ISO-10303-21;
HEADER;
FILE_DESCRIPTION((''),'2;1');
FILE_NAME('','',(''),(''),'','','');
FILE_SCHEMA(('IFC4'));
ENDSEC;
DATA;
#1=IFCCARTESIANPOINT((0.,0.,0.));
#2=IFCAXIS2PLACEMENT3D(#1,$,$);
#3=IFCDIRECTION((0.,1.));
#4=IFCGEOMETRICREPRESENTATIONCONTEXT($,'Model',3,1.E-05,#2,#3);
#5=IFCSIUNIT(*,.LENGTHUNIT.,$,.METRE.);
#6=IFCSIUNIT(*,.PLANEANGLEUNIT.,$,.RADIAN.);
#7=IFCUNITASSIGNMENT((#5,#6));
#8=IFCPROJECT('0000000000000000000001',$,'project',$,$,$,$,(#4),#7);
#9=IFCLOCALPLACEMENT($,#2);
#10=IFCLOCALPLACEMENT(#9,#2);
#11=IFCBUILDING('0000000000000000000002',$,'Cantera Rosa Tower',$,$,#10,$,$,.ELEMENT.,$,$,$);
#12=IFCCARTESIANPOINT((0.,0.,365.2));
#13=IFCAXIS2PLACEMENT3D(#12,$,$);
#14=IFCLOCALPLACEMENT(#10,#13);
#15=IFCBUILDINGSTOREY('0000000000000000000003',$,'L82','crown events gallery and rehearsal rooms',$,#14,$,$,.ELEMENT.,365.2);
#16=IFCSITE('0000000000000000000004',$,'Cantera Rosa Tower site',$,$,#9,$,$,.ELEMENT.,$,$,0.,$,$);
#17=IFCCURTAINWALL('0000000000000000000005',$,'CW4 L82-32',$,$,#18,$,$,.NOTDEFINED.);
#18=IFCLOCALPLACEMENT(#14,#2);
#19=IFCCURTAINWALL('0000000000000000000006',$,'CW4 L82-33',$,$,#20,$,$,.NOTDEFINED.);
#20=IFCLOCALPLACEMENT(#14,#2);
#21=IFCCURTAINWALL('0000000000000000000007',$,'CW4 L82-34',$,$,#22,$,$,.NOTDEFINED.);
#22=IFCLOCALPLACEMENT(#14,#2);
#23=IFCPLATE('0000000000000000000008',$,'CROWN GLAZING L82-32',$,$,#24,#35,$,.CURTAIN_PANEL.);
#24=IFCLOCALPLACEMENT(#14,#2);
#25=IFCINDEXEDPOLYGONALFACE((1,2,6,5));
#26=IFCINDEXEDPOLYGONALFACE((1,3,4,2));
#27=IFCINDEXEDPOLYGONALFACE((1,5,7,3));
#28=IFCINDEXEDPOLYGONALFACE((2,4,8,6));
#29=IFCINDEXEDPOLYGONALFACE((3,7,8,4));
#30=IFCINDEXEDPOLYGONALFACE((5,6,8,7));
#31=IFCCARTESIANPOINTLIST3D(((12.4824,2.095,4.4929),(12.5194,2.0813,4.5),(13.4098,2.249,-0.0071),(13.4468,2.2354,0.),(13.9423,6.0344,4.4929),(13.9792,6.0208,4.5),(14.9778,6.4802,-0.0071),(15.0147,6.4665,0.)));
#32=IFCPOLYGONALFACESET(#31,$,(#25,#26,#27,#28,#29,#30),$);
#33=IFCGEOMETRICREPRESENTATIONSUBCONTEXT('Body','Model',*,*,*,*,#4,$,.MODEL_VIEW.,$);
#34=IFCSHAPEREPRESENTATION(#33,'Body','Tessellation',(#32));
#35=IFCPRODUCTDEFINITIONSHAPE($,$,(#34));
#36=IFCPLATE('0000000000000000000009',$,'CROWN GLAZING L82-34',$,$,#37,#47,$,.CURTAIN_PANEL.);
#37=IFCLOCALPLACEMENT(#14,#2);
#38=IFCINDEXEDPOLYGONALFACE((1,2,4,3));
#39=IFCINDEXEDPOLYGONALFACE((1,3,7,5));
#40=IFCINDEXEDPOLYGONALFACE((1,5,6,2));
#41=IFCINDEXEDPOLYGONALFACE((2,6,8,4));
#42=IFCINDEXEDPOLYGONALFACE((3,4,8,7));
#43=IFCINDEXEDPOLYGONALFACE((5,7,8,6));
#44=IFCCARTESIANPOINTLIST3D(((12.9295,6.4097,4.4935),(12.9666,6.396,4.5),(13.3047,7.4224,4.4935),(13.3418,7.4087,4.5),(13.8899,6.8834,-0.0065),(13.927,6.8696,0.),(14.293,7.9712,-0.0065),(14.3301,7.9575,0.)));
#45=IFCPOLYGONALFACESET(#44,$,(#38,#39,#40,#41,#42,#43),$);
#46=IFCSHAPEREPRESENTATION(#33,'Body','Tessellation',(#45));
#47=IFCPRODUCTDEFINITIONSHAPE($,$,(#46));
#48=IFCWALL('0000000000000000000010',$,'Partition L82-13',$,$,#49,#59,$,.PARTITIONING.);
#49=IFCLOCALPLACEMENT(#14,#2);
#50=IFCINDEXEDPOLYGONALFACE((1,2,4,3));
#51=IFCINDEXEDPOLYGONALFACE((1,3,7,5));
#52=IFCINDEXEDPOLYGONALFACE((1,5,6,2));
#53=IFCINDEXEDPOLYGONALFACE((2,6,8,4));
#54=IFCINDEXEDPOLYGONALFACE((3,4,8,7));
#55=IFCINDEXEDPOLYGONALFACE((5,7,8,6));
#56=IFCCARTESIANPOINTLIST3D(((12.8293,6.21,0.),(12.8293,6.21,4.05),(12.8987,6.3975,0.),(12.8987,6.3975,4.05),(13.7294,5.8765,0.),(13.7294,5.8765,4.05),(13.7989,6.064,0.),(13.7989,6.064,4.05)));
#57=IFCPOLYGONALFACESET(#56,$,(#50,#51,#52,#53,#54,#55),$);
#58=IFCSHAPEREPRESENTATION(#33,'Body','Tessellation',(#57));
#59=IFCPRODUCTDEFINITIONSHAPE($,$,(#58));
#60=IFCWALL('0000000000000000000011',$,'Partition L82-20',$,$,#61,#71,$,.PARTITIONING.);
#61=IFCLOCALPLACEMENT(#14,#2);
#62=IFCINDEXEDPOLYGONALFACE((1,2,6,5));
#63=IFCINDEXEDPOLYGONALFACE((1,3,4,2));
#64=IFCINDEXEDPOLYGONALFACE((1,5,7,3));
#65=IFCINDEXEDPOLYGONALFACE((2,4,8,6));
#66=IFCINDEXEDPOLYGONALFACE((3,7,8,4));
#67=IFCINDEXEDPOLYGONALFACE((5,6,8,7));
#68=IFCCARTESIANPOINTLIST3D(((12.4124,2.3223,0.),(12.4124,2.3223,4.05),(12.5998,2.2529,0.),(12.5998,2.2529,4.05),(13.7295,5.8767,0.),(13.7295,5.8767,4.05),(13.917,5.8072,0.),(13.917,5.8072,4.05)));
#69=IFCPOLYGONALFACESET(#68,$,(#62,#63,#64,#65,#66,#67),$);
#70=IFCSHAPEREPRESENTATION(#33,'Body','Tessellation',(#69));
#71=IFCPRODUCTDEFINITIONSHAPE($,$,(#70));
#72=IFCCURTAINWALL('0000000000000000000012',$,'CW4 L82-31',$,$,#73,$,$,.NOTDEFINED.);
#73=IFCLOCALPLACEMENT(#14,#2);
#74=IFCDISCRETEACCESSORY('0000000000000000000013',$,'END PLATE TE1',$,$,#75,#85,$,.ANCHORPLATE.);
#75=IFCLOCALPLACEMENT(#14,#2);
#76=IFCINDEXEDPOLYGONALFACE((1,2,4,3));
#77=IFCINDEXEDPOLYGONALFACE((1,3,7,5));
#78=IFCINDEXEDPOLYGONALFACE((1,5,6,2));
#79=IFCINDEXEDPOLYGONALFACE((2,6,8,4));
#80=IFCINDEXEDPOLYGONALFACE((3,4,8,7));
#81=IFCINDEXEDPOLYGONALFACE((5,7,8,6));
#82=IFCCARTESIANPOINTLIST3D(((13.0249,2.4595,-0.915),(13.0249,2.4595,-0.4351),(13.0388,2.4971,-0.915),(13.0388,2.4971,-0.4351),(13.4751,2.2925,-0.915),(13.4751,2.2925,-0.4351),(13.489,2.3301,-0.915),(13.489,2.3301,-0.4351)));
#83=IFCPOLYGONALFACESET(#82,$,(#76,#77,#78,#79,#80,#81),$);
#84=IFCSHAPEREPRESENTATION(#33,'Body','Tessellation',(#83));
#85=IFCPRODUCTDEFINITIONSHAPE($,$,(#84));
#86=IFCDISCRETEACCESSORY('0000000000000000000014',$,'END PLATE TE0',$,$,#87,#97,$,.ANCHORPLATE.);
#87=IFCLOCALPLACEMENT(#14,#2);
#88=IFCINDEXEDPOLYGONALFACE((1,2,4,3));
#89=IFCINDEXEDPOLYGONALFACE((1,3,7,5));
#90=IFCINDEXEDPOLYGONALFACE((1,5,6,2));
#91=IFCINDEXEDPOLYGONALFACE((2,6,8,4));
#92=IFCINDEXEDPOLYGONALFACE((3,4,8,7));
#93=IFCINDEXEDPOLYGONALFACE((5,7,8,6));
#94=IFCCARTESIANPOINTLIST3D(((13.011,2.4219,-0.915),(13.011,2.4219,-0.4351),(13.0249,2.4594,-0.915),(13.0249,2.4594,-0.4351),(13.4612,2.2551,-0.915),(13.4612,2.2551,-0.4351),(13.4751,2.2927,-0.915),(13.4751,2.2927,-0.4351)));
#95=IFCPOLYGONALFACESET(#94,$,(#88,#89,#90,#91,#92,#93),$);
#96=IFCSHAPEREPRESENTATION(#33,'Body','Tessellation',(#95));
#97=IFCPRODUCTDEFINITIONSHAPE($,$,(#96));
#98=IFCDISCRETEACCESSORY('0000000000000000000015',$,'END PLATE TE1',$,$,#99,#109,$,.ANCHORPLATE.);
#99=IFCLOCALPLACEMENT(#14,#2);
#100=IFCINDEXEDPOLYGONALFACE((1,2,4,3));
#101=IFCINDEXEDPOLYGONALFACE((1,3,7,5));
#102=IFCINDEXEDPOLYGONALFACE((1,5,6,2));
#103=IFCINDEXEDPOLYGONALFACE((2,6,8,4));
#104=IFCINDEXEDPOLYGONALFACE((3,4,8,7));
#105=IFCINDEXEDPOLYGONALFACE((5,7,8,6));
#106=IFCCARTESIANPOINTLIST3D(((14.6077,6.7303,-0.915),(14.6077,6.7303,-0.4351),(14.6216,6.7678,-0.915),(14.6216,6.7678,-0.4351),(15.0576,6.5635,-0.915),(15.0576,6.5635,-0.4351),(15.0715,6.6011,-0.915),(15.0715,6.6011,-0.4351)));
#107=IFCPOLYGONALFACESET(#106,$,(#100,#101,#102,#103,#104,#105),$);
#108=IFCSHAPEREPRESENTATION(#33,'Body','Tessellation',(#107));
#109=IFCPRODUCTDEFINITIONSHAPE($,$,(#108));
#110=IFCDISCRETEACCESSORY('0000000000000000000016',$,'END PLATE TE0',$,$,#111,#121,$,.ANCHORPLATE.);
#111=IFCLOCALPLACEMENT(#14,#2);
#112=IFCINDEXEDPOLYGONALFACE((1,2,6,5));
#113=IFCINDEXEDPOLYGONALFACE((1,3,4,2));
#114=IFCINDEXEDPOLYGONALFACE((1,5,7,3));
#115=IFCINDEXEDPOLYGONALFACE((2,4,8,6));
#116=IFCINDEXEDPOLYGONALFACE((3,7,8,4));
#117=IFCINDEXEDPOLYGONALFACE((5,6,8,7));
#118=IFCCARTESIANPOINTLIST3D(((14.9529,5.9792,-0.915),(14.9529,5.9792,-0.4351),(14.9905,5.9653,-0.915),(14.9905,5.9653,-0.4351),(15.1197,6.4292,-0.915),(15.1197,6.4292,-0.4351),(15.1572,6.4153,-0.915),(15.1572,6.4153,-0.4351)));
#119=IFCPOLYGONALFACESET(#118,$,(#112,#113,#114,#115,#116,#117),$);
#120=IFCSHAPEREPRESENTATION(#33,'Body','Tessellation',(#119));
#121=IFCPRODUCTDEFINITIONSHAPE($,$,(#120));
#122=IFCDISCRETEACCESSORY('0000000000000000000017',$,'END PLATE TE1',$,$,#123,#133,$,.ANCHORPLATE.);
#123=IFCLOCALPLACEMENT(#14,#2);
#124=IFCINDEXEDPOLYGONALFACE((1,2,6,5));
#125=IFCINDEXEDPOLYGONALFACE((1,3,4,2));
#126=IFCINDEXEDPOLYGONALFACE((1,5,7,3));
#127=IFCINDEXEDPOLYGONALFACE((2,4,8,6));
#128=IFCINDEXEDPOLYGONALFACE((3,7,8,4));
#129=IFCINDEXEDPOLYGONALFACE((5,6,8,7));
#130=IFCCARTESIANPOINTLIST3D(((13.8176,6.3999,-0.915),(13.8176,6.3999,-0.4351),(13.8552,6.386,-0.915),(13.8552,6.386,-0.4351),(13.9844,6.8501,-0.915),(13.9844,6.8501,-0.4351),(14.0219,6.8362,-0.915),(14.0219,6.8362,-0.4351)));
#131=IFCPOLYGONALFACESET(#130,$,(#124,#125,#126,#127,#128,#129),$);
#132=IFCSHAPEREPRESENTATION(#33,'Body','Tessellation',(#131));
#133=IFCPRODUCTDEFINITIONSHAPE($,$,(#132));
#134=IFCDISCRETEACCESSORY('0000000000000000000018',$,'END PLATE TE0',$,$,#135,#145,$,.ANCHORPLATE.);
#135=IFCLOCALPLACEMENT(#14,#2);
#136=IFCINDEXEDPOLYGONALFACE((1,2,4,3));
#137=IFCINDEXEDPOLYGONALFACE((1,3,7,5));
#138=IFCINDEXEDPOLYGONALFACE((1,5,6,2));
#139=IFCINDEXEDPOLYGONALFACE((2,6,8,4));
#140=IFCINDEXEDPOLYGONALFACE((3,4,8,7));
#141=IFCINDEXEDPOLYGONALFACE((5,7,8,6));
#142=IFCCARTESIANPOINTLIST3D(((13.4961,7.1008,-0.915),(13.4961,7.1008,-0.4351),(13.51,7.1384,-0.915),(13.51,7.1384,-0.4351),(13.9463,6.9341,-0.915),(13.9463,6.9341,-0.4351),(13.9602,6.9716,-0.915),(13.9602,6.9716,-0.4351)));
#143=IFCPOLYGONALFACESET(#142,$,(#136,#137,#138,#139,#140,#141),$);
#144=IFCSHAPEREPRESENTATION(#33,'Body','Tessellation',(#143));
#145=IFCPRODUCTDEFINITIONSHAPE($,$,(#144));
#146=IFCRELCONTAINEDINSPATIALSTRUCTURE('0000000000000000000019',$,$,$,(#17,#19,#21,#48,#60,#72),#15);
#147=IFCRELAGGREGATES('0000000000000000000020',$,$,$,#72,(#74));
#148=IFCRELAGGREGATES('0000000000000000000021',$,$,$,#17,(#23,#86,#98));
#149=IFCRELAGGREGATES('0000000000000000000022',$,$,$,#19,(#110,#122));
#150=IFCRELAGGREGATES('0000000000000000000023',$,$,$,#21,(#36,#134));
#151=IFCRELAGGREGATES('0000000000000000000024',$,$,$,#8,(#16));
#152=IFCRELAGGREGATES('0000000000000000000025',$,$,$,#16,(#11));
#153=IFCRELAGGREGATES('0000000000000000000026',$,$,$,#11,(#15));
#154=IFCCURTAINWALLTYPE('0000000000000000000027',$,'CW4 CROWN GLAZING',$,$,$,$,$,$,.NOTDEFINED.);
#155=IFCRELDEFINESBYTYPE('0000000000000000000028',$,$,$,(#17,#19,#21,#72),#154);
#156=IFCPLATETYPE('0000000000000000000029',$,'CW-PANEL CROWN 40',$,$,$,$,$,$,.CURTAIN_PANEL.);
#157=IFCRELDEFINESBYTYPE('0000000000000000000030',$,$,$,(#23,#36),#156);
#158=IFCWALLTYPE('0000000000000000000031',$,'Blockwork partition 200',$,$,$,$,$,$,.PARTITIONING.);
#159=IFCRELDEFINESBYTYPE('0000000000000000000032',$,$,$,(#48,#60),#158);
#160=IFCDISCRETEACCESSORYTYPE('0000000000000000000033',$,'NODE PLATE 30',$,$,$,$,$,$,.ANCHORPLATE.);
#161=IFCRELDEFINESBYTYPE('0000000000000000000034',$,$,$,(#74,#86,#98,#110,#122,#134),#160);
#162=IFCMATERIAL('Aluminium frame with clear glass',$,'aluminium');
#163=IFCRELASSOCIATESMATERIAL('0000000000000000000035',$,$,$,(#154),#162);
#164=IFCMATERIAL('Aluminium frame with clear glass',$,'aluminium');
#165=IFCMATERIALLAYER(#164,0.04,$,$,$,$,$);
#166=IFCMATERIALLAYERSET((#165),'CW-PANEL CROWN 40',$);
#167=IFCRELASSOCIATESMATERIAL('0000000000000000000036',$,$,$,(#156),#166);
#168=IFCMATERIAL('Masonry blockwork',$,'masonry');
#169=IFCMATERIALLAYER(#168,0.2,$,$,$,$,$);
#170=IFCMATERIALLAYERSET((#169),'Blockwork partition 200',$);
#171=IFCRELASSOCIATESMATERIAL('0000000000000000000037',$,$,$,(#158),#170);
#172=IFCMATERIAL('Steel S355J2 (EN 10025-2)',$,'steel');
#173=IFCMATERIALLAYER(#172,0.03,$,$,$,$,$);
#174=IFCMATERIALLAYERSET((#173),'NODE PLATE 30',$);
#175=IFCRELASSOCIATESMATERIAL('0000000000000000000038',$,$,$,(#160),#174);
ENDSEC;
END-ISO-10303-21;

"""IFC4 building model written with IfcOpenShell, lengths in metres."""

from ifc_helpers import new_model, si_unit, direction, frame, frame_2d, origin, place, context, subcontext, project, spatial, polyline, rectangle, outline, extrude, material, layer, layer_set, type_object, element, aggregate, save


model = new_model("IFC4")

# Units and contexts
model_context = context("Model", 3, precision=1e-05, world=origin(), true_north=direction((0.0, 1.0)))
body_context = subcontext(model_context, "Body", "Model", "MODEL_VIEW")
ifc_project = project(units=[si_unit("LENGTHUNIT", "METRE"), si_unit("PLANEANGLEUNIT", "RADIAN")], contexts=[model_context])

# Site, building, storey
site_placement = place(None, origin())
site = spatial("IfcSite", under=ifc_project, at=site_placement, Name="Cantera Rosa Tower site", CompositionType="ELEMENT", RefElevation=0.0)
building_placement = place(site_placement, origin())
building = spatial("IfcBuilding", under=site, at=building_placement, Name="Cantera Rosa Tower", CompositionType="ELEMENT")
storey_placement = place(building_placement, frame((0.0, 0.0, 365.2)))
storey = spatial("IfcBuildingStorey", under=building, at=storey_placement, Name="L82", Description="crown events gallery and rehearsal rooms", CompositionType="ELEMENT", Elevation=365.2)

# Curtain walls
ifc_material_1 = material(Name="Aluminium frame with clear glass", Category="aluminium")
curtain_wall_type = type_object("IfcCurtainWallType", Name="CW4 CROWN GLAZING", PredefinedType="NOTDEFINED", material=ifc_material_1)
curtain_wall_1_placement = place(storey_placement, origin())
curtain_wall_1 = element("IfcCurtainWall", 1, at=curtain_wall_1_placement, inside=storey, type_object=curtain_wall_type, Name="CW4 L82-32", PredefinedType="NOTDEFINED")
curtain_wall_2_placement = place(storey_placement, origin())
curtain_wall_2 = element("IfcCurtainWall", 2, at=curtain_wall_2_placement, inside=storey, type_object=curtain_wall_type, Name="CW4 L82-33", PredefinedType="NOTDEFINED")
curtain_wall_3_placement = place(storey_placement, origin())
curtain_wall_3 = element("IfcCurtainWall", 3, at=curtain_wall_3_placement, inside=storey, type_object=curtain_wall_type, Name="CW4 L82-34", PredefinedType="NOTDEFINED")

# Plates
ifc_material_2 = material(Name="Aluminium frame with clear glass", Category="aluminium")
ifc_layer_1 = layer(ifc_material_2, 0.04)
ifc_layer_set_1 = layer_set([ifc_layer_1], Name="CW-PANEL CROWN 40")
plate_type = type_object("IfcPlateType", Name="CW-PANEL CROWN 40", PredefinedType="CURTAIN_PANEL", material=ifc_layer_set_1)
plate_1_placement = place(storey_placement, frame((13.4468, 2.2354, 0.0), z_axis=(0.922638, -0.341906, 0.178438), x_axis=(0.347482, 0.937687, 0.000004)))
plate_1 = element("IfcPlate", 4, at=plate_1_placement, type_object=plate_type, Name="CROWN GLAZING L82-32", PredefinedType="CURTAIN_PANEL", context=body_context, shape_type="SweptSolid", body=[
    extrude(outline(polyline([(0.0, 0.0), (4.5123, 0.0), (3.7346, 4.5734), (-0.4667, 4.5734), (0.0, 0.0)])), origin(), (0.0, 0.0, -1.0), 0.04),
])
plate_2_placement = place(storey_placement, frame((13.927, 6.8696, 0.0), z_axis=(0.925404, -0.342886, 0.16142), x_axis=(0.347442, 0.937702, 0.000002)))
plate_2 = element("IfcPlate", 5, at=plate_2_placement, type_object=plate_type, Name="CROWN GLAZING L82-34", PredefinedType="CURTAIN_PANEL", context=body_context, shape_type="SweptSolid", body=[
    extrude(outline(polyline([(0.0, 0.0), (1.1602, 0.0), (0.3022, 4.5598), (-0.7778, 4.5598), (0.0, 0.0)])), origin(), (0.0, 0.0, -1.0), 0.04),
])

# Walls
ifc_material_3 = material(Name="Masonry blockwork", Category="masonry")
ifc_layer_2 = layer(ifc_material_3, 0.2)
ifc_layer_set_2 = layer_set([ifc_layer_2], Name="Blockwork partition 200")
wall_type = type_object("IfcWallType", Name="Blockwork partition 200", PredefinedType="PARTITIONING", material=ifc_layer_set_2)
wall_1_placement = place(storey_placement, frame((13.7642, 5.9702, 0.0), z_axis=(0.0, 0.0, 1.0), x_axis=(-0.937712, 0.347414, 0.0)))
element("IfcWall", 6, at=wall_1_placement, inside=storey, type_object=wall_type, Name="Partition L82-13", PredefinedType="PARTITIONING", context=body_context, shape_type="SweptSolid", body=[
    extrude(rectangle(XDim=0.96, YDim=0.2, at=frame_2d((0.48, 0.0))), origin(), (0.0, 0.0, 1.0), 4.05),
])
wall_2_placement = place(storey_placement, frame((12.5061, 2.2876, 0.0), z_axis=(0.0, 0.0, 1.0), x_axis=(0.347493, 0.937683, 0.0)))
element("IfcWall", 7, at=wall_2_placement, inside=storey, type_object=wall_type, Name="Partition L82-20", PredefinedType="PARTITIONING", context=body_context, shape_type="SweptSolid", body=[
    extrude(rectangle(XDim=3.7905, YDim=0.2, at=frame_2d((1.8953, 0.0))), origin(), (0.0, 0.0, 1.0), 4.05),
])

# Curtain wall, discrete accessory
curtain_wall_4_placement = place(storey_placement, origin())
curtain_wall_4 = element("IfcCurtainWall", 8, at=curtain_wall_4_placement, inside=storey, type_object=curtain_wall_type, Name="CW4 L82-31", PredefinedType="NOTDEFINED")
ifc_material_4 = material(Name="Steel S355J2 (EN 10025-2)", Category="steel")
ifc_layer_3 = layer(ifc_material_4, 0.03)
ifc_layer_set_3 = layer_set([ifc_layer_3], Name="NODE PLATE 30")
discrete_accessory_type = type_object("IfcDiscreteAccessoryType", Name="NODE PLATE 30", PredefinedType="ANCHORPLATE", material=ifc_layer_set_3)
discrete_accessory_1_placement = place(storey_placement, frame((13.0388, 2.4971, -0.4351), z_axis=(0.347778, 0.937577, 0.0), x_axis=(0.937577, -0.347778, 0.0)))
discrete_accessory_1 = element("IfcDiscreteAccessory", 9, at=discrete_accessory_1_placement, type_object=discrete_accessory_type, Name="END PLATE TE1", PredefinedType="ANCHORPLATE", context=body_context, shape_type="SweptSolid", body=[
    extrude(outline(polyline([(0.0, 0.0), (0.4802, 0.0), (0.4802, 0.48), (0.0, 0.48), (0.0, 0.0)])), origin(), (0.0, 0.0, -1.0), 0.04),
])
aggregate(curtain_wall_4, [discrete_accessory_1])

# Discrete accessories
discrete_accessory_2_placement = place(storey_placement, frame((13.4612, 2.2551, -0.4351), z_axis=(-0.347331, -0.937743, 0.0), x_axis=(-0.937743, 0.347331, 0.0)))
discrete_accessory_2 = element("IfcDiscreteAccessory", 10, at=discrete_accessory_2_placement, type_object=discrete_accessory_type, Name="END PLATE TE0", PredefinedType="ANCHORPLATE", context=body_context, shape_type="SweptSolid", body=[
    extrude(outline(polyline([(0.0, 0.0), (0.4801, 0.0), (0.4801, 0.48), (0.0, 0.48), (0.0, 0.0)])), origin(), (0.0, 0.0, -1.0), 0.04),
])
discrete_accessory_3_placement = place(storey_placement, frame((14.6216, 6.7678, -0.4351), z_axis=(0.347497, 0.937681, 0.0), x_axis=(0.937681, -0.347497, 0.0)))
discrete_accessory_3 = element("IfcDiscreteAccessory", 11, at=discrete_accessory_3_placement, type_object=discrete_accessory_type, Name="END PLATE TE1", PredefinedType="ANCHORPLATE", context=body_context, shape_type="SweptSolid", body=[
    extrude(outline(polyline([(0.0, 0.0), (0.4799, 0.0), (0.4799, 0.48), (0.0, 0.48), (0.0, 0.0)])), origin(), (0.0, 0.0, -1.0), 0.04),
])
aggregate(curtain_wall_1, [plate_1, discrete_accessory_2, discrete_accessory_3])
discrete_accessory_4_placement = place(storey_placement, frame((15.1572, 6.4153, -0.4351), z_axis=(0.937681, -0.347497, 0.0), x_axis=(-0.347497, -0.937681, 0.0)))
discrete_accessory_4 = element("IfcDiscreteAccessory", 12, at=discrete_accessory_4_placement, type_object=discrete_accessory_type, Name="END PLATE TE0", PredefinedType="ANCHORPLATE", context=body_context, shape_type="SweptSolid", body=[
    extrude(outline(polyline([(0.0, 0.0), (0.4799, 0.0), (0.4799, 0.48), (0.0, 0.48), (0.0, 0.0)])), origin(), (0.0, 0.0, -1.0), 0.04),
])
discrete_accessory_5_placement = place(storey_placement, frame((13.8176, 6.3999, -0.4351), z_axis=(-0.937743, 0.347331, 0.0), x_axis=(0.347331, 0.937743, 0.0)))
discrete_accessory_5 = element("IfcDiscreteAccessory", 13, at=discrete_accessory_5_placement, type_object=discrete_accessory_type, Name="END PLATE TE1", PredefinedType="ANCHORPLATE", context=body_context, shape_type="SweptSolid", body=[
    extrude(outline(polyline([(0.0, 0.0), (0.4801, 0.0), (0.4801, 0.48), (0.0, 0.48), (0.0, 0.0)])), origin(), (0.0, 0.0, -1.0), 0.04),
])
aggregate(curtain_wall_2, [discrete_accessory_4, discrete_accessory_5])
discrete_accessory_6_placement = place(storey_placement, frame((13.9463, 6.9341, -0.4351), z_axis=(-0.347331, -0.937743, 0.0), x_axis=(-0.937743, 0.347331, 0.0)))
discrete_accessory_6 = element("IfcDiscreteAccessory", 14, at=discrete_accessory_6_placement, type_object=discrete_accessory_type, Name="END PLATE TE0", PredefinedType="ANCHORPLATE", context=body_context, shape_type="SweptSolid", body=[
    extrude(outline(polyline([(0.0, 0.0), (0.4801, 0.0), (0.4801, 0.48), (0.0, 0.48), (0.0, 0.0)])), origin(), (0.0, 0.0, -1.0), 0.04),
])
aggregate(curtain_wall_3, [plate_2, discrete_accessory_6])

save(model, "model.ifc")
